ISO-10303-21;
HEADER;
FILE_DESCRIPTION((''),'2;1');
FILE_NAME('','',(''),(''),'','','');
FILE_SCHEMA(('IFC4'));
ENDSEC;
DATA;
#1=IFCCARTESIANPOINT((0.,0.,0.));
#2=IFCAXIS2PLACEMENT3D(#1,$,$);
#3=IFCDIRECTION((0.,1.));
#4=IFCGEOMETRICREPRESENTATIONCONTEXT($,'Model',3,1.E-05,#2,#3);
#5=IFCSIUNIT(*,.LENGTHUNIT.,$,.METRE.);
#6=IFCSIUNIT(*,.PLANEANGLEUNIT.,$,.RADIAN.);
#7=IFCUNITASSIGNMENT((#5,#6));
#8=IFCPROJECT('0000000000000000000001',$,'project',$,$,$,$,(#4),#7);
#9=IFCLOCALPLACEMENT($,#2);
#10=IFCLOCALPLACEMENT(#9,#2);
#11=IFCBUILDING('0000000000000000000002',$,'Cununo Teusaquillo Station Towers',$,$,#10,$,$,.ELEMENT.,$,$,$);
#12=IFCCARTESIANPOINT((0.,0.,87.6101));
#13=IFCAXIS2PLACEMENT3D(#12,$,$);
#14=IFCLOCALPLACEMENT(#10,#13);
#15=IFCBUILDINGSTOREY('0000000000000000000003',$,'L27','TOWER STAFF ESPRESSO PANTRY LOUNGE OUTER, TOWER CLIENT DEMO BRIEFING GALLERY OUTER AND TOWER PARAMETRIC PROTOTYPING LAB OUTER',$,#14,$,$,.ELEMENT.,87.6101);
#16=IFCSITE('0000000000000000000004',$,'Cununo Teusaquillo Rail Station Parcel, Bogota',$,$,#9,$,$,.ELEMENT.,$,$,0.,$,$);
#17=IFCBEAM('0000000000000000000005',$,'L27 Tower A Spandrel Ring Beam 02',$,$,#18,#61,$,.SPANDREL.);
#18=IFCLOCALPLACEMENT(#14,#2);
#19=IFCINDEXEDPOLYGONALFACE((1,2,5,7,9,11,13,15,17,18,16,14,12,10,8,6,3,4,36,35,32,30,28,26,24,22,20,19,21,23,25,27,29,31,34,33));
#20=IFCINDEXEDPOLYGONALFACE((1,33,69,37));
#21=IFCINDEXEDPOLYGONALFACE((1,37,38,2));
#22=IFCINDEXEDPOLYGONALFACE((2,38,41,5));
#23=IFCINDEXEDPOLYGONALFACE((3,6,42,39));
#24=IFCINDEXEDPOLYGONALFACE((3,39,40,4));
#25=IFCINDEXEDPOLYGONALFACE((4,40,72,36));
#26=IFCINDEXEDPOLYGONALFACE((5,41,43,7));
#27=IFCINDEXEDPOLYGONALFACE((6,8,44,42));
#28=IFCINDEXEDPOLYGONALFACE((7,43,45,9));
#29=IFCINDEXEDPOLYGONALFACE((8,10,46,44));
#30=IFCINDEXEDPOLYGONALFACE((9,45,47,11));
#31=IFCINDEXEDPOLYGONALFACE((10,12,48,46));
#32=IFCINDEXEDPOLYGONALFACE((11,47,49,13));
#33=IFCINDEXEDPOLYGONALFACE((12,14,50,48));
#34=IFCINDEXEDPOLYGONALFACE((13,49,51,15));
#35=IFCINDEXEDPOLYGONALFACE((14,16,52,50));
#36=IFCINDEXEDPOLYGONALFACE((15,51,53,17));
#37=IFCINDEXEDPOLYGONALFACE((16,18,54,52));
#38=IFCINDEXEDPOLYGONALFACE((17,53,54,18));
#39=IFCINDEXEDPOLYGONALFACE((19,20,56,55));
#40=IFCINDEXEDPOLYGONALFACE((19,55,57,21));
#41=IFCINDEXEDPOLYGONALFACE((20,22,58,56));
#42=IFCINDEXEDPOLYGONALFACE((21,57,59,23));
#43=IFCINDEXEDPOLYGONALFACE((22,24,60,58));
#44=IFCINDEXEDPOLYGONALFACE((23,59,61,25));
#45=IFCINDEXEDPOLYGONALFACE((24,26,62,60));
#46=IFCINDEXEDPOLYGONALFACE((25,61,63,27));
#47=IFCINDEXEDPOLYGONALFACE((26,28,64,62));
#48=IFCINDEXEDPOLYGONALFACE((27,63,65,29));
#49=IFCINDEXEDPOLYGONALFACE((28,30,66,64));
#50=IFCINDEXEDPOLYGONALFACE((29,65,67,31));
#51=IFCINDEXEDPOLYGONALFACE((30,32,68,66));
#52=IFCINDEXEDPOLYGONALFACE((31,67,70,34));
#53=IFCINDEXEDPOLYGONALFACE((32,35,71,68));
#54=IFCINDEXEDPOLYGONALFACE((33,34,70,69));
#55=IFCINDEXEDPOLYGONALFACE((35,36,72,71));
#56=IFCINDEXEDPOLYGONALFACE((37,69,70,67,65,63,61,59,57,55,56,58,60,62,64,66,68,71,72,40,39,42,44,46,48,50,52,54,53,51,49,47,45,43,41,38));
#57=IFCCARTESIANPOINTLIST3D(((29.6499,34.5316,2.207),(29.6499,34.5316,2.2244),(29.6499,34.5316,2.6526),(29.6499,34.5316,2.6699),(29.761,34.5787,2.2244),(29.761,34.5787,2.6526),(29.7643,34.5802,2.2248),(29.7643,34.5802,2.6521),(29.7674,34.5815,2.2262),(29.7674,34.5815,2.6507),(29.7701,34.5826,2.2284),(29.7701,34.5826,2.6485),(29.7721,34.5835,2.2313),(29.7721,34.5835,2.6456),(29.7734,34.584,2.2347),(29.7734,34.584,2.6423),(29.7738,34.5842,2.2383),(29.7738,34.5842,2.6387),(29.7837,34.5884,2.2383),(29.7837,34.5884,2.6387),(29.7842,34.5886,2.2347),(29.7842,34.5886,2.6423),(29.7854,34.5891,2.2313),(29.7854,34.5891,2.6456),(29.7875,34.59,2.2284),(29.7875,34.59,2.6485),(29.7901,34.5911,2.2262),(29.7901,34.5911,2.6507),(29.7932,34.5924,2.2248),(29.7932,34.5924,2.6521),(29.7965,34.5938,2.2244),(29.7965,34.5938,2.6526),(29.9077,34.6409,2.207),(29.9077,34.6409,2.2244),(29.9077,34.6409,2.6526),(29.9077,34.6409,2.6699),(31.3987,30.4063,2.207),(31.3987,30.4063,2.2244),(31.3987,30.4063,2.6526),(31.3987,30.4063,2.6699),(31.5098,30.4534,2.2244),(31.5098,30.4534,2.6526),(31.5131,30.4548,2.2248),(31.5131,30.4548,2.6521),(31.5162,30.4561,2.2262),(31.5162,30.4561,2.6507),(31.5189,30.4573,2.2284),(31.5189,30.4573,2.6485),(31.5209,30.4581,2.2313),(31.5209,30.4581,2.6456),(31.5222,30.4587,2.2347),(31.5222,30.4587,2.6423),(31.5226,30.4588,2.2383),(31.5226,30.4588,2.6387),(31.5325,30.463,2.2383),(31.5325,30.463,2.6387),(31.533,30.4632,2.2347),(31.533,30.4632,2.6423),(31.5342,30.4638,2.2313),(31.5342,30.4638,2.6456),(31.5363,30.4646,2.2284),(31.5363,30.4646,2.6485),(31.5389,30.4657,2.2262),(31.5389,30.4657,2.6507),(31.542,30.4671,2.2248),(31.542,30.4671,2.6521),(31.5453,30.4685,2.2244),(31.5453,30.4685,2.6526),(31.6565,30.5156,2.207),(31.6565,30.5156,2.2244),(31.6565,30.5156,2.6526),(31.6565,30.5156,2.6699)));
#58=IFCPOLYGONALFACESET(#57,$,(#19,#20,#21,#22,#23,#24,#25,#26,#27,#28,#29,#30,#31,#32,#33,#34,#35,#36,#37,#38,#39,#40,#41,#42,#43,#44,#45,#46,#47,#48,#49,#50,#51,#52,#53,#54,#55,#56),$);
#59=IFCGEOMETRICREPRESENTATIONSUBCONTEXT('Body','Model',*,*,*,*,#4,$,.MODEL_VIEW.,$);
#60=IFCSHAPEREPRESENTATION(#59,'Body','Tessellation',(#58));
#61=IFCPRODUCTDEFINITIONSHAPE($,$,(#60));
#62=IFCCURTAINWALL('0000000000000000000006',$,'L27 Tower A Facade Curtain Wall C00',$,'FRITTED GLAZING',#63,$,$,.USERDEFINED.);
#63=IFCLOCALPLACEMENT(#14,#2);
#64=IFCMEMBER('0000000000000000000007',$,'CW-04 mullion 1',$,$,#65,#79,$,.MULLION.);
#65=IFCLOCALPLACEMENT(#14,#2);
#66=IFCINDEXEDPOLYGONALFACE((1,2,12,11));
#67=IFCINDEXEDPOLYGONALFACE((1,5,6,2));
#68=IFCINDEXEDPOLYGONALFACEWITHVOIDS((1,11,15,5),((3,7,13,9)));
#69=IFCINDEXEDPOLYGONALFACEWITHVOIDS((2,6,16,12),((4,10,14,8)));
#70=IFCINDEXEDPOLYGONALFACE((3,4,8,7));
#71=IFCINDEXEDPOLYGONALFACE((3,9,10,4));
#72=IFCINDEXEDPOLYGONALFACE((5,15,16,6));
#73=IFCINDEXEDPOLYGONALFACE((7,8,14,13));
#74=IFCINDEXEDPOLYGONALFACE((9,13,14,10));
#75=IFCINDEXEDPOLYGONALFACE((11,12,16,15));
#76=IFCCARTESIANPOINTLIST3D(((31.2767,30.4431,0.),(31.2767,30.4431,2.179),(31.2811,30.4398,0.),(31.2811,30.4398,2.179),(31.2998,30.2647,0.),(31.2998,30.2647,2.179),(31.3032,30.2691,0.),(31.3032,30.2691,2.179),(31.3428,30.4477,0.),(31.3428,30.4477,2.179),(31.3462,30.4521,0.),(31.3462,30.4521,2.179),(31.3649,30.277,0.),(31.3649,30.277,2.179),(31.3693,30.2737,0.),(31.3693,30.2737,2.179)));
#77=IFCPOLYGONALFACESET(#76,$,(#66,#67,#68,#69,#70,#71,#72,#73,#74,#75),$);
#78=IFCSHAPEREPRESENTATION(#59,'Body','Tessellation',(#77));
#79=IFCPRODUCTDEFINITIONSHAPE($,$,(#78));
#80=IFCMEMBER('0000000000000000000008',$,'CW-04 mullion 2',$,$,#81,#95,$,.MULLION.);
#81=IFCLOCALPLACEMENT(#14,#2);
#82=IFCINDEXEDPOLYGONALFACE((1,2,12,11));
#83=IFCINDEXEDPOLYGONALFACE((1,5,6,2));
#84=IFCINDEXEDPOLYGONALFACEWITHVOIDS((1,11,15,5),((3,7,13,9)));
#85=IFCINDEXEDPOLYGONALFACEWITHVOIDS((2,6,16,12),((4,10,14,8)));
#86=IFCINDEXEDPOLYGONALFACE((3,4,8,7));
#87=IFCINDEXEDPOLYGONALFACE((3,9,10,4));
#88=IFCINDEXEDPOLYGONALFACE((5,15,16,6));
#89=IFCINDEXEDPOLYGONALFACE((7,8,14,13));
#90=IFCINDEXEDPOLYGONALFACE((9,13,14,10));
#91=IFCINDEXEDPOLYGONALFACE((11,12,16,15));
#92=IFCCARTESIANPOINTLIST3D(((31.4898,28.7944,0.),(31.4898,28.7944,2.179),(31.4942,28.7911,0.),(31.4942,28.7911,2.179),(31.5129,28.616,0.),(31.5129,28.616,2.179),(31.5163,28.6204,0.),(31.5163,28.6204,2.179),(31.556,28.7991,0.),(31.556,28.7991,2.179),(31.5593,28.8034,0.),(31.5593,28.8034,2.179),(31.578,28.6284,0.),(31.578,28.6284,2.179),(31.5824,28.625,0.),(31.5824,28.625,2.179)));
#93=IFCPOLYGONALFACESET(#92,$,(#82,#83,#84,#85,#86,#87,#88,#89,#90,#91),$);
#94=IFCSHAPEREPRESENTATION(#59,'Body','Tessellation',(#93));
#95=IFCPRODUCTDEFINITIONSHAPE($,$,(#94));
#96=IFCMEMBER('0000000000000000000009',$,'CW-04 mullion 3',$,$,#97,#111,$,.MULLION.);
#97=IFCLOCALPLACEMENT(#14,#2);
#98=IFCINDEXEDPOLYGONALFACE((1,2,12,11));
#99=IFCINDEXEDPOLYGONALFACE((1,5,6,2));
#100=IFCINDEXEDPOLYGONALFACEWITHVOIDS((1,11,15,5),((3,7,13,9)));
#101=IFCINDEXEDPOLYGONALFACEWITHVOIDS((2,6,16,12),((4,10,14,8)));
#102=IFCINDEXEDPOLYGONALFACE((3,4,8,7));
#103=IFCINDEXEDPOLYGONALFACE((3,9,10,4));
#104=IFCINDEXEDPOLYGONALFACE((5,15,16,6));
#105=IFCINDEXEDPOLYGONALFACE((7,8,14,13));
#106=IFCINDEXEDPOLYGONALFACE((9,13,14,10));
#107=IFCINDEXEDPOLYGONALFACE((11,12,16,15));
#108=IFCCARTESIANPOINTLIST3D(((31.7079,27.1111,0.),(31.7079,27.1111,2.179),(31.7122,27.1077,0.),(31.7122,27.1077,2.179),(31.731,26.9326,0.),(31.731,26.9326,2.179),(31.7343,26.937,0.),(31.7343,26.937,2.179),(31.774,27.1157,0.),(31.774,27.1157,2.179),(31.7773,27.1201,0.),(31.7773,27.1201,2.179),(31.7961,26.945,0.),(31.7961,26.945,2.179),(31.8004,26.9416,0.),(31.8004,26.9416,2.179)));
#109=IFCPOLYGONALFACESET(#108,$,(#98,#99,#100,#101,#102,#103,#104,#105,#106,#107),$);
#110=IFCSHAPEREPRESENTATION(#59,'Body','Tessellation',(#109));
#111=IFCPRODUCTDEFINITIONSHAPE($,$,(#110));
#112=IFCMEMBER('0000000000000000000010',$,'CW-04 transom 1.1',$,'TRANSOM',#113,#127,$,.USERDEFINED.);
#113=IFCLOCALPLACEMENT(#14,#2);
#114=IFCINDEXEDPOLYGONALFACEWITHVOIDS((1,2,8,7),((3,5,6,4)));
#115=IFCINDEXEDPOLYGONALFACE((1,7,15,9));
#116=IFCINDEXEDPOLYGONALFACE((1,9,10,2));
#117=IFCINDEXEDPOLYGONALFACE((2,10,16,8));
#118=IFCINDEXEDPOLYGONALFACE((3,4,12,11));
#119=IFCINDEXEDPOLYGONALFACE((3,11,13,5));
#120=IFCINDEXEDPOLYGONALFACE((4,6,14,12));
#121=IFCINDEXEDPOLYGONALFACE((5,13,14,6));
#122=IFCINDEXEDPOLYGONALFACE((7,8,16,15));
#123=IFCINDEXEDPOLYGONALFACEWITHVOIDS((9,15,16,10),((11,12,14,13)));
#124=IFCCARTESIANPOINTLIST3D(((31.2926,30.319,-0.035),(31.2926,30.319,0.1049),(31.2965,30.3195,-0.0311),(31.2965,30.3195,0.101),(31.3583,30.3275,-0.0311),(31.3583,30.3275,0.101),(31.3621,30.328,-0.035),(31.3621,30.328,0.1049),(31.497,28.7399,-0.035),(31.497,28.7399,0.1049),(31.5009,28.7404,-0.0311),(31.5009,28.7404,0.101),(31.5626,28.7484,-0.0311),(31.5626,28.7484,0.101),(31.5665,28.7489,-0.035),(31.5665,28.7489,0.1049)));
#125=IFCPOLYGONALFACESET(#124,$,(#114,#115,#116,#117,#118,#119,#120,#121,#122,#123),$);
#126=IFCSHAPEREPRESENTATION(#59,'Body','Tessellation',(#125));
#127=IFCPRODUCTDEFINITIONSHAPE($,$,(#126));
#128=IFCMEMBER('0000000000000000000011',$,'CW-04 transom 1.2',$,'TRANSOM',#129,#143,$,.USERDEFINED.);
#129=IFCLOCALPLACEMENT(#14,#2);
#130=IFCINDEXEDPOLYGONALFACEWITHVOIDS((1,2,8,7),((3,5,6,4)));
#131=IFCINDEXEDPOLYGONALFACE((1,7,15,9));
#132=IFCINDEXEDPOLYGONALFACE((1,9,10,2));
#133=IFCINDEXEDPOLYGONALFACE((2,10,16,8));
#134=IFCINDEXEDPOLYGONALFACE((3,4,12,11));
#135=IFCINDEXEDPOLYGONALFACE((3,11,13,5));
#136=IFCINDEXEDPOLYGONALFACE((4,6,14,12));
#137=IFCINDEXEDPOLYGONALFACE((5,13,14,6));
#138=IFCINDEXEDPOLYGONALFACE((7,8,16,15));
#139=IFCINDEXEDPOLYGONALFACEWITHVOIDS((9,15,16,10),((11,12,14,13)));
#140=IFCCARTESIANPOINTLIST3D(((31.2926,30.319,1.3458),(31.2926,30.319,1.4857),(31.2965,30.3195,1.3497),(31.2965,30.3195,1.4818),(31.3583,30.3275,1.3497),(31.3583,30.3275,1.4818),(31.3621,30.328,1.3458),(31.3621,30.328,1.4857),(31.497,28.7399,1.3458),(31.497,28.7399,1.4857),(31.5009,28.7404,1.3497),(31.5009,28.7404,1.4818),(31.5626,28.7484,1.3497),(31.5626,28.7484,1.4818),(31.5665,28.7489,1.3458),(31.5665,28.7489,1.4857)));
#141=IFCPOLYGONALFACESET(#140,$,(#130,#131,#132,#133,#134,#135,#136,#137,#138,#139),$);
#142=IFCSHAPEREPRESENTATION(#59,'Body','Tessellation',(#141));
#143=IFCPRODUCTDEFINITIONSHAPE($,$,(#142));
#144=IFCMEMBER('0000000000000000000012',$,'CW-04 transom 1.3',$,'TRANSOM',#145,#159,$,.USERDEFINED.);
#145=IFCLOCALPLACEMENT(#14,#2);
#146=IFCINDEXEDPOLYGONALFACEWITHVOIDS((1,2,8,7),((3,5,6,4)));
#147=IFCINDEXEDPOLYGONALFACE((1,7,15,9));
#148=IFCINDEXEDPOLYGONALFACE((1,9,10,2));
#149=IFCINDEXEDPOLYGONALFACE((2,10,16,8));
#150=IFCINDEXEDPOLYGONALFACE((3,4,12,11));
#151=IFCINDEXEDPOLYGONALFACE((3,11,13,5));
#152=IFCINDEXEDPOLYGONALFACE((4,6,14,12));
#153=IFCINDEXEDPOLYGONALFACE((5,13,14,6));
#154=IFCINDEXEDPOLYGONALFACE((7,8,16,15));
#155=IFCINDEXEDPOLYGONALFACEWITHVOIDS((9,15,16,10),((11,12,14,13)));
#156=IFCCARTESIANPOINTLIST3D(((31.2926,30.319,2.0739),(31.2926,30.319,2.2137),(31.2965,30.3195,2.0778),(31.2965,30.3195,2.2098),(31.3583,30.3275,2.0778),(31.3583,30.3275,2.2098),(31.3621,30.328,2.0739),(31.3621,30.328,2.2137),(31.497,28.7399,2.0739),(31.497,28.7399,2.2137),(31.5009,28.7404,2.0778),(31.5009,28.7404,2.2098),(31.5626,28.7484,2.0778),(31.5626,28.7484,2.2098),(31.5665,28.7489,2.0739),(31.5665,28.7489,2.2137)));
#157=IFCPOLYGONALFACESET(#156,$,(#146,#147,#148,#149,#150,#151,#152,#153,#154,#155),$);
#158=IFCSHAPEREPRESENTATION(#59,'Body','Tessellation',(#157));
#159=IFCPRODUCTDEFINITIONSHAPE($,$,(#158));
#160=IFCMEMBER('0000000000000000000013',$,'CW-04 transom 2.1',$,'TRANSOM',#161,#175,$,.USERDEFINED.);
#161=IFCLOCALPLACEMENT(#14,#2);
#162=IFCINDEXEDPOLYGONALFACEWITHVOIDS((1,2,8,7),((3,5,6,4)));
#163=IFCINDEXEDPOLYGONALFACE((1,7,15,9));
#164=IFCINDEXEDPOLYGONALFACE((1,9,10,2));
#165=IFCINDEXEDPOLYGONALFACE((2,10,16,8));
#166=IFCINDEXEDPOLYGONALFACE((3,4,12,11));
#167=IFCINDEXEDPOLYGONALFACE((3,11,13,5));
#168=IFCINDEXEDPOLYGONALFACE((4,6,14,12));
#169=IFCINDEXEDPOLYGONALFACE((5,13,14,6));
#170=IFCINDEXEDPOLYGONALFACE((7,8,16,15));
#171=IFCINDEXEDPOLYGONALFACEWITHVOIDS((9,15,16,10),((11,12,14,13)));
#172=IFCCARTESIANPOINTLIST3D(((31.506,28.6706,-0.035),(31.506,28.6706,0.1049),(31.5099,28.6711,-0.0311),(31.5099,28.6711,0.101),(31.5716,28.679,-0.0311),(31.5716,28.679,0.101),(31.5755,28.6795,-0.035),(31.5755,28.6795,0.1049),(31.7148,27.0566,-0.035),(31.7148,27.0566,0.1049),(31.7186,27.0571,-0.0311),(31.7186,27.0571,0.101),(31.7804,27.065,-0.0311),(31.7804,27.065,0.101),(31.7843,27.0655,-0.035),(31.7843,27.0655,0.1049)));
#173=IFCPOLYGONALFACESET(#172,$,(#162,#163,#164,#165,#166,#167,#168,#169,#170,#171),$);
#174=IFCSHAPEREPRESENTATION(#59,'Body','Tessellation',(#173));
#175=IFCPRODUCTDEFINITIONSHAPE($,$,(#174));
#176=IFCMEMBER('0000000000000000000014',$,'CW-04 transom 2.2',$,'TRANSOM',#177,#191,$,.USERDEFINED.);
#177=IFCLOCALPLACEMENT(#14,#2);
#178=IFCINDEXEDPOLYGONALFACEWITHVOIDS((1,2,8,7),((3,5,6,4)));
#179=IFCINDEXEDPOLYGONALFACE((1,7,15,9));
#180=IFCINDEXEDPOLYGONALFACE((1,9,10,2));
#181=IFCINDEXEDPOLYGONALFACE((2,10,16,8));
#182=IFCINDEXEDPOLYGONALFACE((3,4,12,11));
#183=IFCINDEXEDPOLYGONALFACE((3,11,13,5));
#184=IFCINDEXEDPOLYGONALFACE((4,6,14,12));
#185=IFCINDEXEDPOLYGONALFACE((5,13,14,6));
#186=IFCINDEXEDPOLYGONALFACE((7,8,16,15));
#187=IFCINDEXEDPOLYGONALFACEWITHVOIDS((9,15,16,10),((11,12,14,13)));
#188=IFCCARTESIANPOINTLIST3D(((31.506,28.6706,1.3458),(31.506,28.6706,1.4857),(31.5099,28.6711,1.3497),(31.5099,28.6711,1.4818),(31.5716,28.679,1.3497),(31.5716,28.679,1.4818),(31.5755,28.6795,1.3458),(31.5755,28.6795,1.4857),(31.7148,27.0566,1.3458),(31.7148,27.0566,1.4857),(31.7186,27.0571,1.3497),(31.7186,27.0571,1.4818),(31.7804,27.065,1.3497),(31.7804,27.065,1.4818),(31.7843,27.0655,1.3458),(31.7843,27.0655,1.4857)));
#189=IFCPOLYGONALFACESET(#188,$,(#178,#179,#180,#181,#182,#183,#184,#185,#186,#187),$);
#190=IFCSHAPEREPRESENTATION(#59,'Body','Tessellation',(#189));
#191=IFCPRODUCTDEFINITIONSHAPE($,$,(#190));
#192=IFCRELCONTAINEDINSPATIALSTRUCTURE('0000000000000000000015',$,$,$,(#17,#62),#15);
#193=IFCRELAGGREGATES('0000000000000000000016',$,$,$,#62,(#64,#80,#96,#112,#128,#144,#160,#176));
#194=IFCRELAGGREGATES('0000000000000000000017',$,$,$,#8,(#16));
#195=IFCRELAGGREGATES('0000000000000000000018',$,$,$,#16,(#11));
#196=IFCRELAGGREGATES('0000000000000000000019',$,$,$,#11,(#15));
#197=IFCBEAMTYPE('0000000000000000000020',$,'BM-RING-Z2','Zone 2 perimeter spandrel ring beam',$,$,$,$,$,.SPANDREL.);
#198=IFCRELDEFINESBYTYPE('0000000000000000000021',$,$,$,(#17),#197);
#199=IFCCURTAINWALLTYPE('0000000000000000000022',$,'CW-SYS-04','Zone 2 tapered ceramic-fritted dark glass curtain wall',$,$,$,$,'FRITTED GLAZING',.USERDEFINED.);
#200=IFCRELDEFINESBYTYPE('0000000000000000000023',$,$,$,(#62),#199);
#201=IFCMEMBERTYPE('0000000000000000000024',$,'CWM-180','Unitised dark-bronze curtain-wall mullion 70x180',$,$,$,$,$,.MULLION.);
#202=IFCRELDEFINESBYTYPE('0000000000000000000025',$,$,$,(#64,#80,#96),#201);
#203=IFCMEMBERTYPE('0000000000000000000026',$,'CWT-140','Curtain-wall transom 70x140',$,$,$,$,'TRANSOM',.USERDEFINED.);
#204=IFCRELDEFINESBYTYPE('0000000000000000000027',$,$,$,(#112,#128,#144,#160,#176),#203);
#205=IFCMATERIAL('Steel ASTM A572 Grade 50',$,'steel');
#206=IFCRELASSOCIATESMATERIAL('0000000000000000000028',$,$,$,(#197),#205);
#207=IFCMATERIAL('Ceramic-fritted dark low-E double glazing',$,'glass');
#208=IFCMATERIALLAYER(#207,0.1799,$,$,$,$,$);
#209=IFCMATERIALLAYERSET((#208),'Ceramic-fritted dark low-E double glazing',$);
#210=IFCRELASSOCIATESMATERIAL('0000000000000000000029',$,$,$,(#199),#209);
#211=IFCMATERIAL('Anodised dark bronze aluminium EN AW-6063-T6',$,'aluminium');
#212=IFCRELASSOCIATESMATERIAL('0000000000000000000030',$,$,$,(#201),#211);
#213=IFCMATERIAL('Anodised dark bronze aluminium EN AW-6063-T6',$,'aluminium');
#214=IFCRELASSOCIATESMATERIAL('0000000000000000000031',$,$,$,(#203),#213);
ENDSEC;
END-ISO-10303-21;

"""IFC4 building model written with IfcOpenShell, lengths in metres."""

from ifc_helpers import new_model, si_unit, direction, frame, origin, origin_2d, place, context, subcontext, project, spatial, hollow_rectangle, i_section, extrude, material, layer, layer_set, material_profile, profile_set, type_object, element, aggregate, save


model = new_model("IFC4")

# Units and contexts
model_context = context("Model", 3, precision=1e-05, world=origin(), true_north=direction((0.0, 1.0)))
body_context = subcontext(model_context, "Body", "Model", "MODEL_VIEW")
ifc_project = project(units=[si_unit("LENGTHUNIT", "METRE"), si_unit("PLANEANGLEUNIT", "RADIAN")], contexts=[model_context])

# Site, building, storey
site_placement = place(None, origin())
site = spatial("IfcSite", under=ifc_project, at=site_placement, Name="Cununo Teusaquillo Rail Station Parcel, Bogota", CompositionType="ELEMENT", RefElevation=0.0)
building_placement = place(site_placement, origin())
building = spatial("IfcBuilding", under=site, at=building_placement, Name="Cununo Teusaquillo Station Towers", CompositionType="ELEMENT")
storey_placement = place(building_placement, frame((0.0, 0.0, 87.6101)))
storey = spatial("IfcBuildingStorey", under=building, at=storey_placement, Name="L27", Description="TOWER STAFF ESPRESSO PANTRY LOUNGE OUTER, TOWER CLIENT DEMO BRIEFING GALLERY OUTER AND TOWER PARAMETRIC PROTOTYPING LAB OUTER", CompositionType="ELEMENT", Elevation=87.6101)

# Beam
ifc_material_1 = material(Name="Steel ASTM A572 Grade 50", Category="steel")
ifc_material_profile_1 = material_profile(ifc_material_1, i_section(OverallWidth=0.28, OverallDepth=0.4629, WebThickness=0.0107, FlangeThickness=0.0173, FilletRadius=0.0139, at=origin_2d()), Name="W18X76")
ifc_profile_set_1 = profile_set([ifc_material_profile_1], Name="Steel ASTM A572 Grade 50")
beam_type = type_object("IfcBeamType", Name="BM-RING-Z2", Description="Zone 2 perimeter spandrel ring beam", PredefinedType="SPANDREL", material=ifc_profile_set_1)
beam_1_placement = place(storey_placement, frame((31.5276, 30.4609, 2.4385), z_axis=(-0.390299, 0.920688, 0.0), x_axis=(-0.920688, -0.390299, 0.0)))
element("IfcBeam", 1, at=beam_1_placement, inside=storey, type_object=beam_type, Name="L27 Tower A Spandrel Ring Beam 02", PredefinedType="SPANDREL", context=body_context, shape_type="SweptSolid", body=[
    extrude(i_section(OverallWidth=0.28, OverallDepth=0.4629, WebThickness=0.0107, FlangeThickness=0.0173, FilletRadius=0.0139, at=origin_2d()), origin(), (0.0, 0.0, 1.0), 4.4807),
])

# Curtain wall, members
ifc_material_2 = material(Name="Ceramic-fritted dark low-E double glazing", Category="glass")
ifc_layer_1 = layer(ifc_material_2, 0.1799)
ifc_layer_set_1 = layer_set([ifc_layer_1], Name="Ceramic-fritted dark low-E double glazing")
curtain_wall_type = type_object("IfcCurtainWallType", Name="CW-SYS-04", Description="Zone 2 tapered ceramic-fritted dark glass curtain wall", ElementType="FRITTED GLAZING", PredefinedType="USERDEFINED", material=ifc_layer_set_1)
curtain_wall_placement = place(storey_placement, origin())
curtain_wall = element("IfcCurtainWall", 2, at=curtain_wall_placement, inside=storey, type_object=curtain_wall_type, Name="L27 Tower A Facade Curtain Wall C00", ObjectType="FRITTED GLAZING", PredefinedType="USERDEFINED")
ifc_material_3 = material(Name="Anodised dark bronze aluminium EN AW-6063-T6", Category="aluminium")
ifc_material_profile_2 = material_profile(ifc_material_3, hollow_rectangle(XDim=0.0701, YDim=0.1799, WallThickness=0.0039, at=origin_2d()), Name="CW-MULL-70x180")
ifc_profile_set_2 = profile_set([ifc_material_profile_2], Name="Anodised dark bronze aluminium EN AW-6063-T6")
member_type_1 = type_object("IfcMemberType", Name="CWM-180", Description="Unitised dark-bronze curtain-wall mullion 70x180", PredefinedType="MULLION", material=ifc_profile_set_2)
member_1_placement = place(storey_placement, frame((31.323, 30.3584, 0.0), z_axis=(0.0, 0.0, 1.0), x_axis=(0.991731, 0.128336, 0.0)))
member_1 = element("IfcMember", 3, at=member_1_placement, type_object=member_type_1, Name="CW-04 mullion 1", PredefinedType="MULLION", context=body_context, shape_type="SweptSolid", body=[
    extrude(hollow_rectangle(XDim=0.0701, YDim=0.1799, WallThickness=0.0039, at=origin_2d()), origin(), (0.0, 0.0, 1.0), 2.179),
])
member_2_placement = place(storey_placement, frame((31.5361, 28.7097, 0.0), z_axis=(0.0, 0.0, 1.0), x_axis=(0.991731, 0.128336, 0.0)))
member_2 = element("IfcMember", 4, at=member_2_placement, type_object=member_type_1, Name="CW-04 mullion 2", PredefinedType="MULLION", context=body_context, shape_type="SweptSolid", body=[
    extrude(hollow_rectangle(XDim=0.0701, YDim=0.1799, WallThickness=0.0039, at=origin_2d()), origin(), (0.0, 0.0, 1.0), 2.179),
])
member_3_placement = place(storey_placement, frame((31.7542, 27.0264, 0.0), z_axis=(0.0, 0.0, 1.0), x_axis=(0.991731, 0.128336, 0.0)))
member_3 = element("IfcMember", 5, at=member_3_placement, type_object=member_type_1, Name="CW-04 mullion 3", PredefinedType="MULLION", context=body_context, shape_type="SweptSolid", body=[
    extrude(hollow_rectangle(XDim=0.0701, YDim=0.1799, WallThickness=0.0039, at=origin_2d()), origin(), (0.0, 0.0, 1.0), 2.179),
])
ifc_material_4 = material(Name="Anodised dark bronze aluminium EN AW-6063-T6", Category="aluminium")
ifc_material_profile_3 = material_profile(ifc_material_4, hollow_rectangle(XDim=0.0701, YDim=0.1399, WallThickness=0.0039, at=origin_2d()), Name="CW-TRAN-70x140")
ifc_profile_set_3 = profile_set([ifc_material_profile_3], Name="Anodised dark bronze aluminium EN AW-6063-T6")
member_type_2 = type_object("IfcMemberType", Name="CWT-140", Description="Curtain-wall transom 70x140", ElementType="TRANSOM", PredefinedType="USERDEFINED", material=ifc_profile_set_3)
member_4_placement = place(storey_placement, frame((31.3274, 30.3235, 0.0349), z_axis=(0.128336, -0.991731, 0.0), x_axis=(0.991731, 0.128336, 0.0)))
member_4 = element("IfcMember", 6, at=member_4_placement, type_object=member_type_2, Name="CW-04 transom 1.1", ObjectType="TRANSOM", PredefinedType="USERDEFINED", context=body_context, shape_type="SweptSolid", body=[
    extrude(hollow_rectangle(XDim=0.0701, YDim=0.1399, WallThickness=0.0039, at=origin_2d()), origin(), (0.0, 0.0, 1.0), 1.5923),
])
member_5_placement = place(storey_placement, frame((31.3274, 30.3235, 1.4158), z_axis=(0.128336, -0.991731, 0.0), x_axis=(0.991731, 0.128336, 0.0)))
member_5 = element("IfcMember", 7, at=member_5_placement, type_object=member_type_2, Name="CW-04 transom 1.2", ObjectType="TRANSOM", PredefinedType="USERDEFINED", context=body_context, shape_type="SweptSolid", body=[
    extrude(hollow_rectangle(XDim=0.0701, YDim=0.1399, WallThickness=0.0039, at=origin_2d()), origin(), (0.0, 0.0, 1.0), 1.5923),
])
member_6_placement = place(storey_placement, frame((31.3274, 30.3235, 2.1438), z_axis=(0.128336, -0.991731, 0.0), x_axis=(0.991731, 0.128336, 0.0)))
member_6 = element("IfcMember", 8, at=member_6_placement, type_object=member_type_2, Name="CW-04 transom 1.3", ObjectType="TRANSOM", PredefinedType="USERDEFINED", context=body_context, shape_type="SweptSolid", body=[
    extrude(hollow_rectangle(XDim=0.0701, YDim=0.1399, WallThickness=0.0039, at=origin_2d()), origin(), (0.0, 0.0, 1.0), 1.5923),
])
member_7_placement = place(storey_placement, frame((31.5408, 28.675, 0.0349), z_axis=(0.128262, -0.99174, 0.0), x_axis=(0.99174, 0.128262, 0.0)))
member_7 = element("IfcMember", 9, at=member_7_placement, type_object=member_type_2, Name="CW-04 transom 2.1", ObjectType="TRANSOM", PredefinedType="USERDEFINED", context=body_context, shape_type="SweptSolid", body=[
    extrude(hollow_rectangle(XDim=0.0701, YDim=0.1399, WallThickness=0.0039, at=origin_2d()), origin(), (0.0, 0.0, 1.0), 1.6274),
])
member_8_placement = place(storey_placement, frame((31.5408, 28.675, 1.4158), z_axis=(0.128262, -0.99174, 0.0), x_axis=(0.99174, 0.128262, 0.0)))
member_8 = element("IfcMember", 10, at=member_8_placement, type_object=member_type_2, Name="CW-04 transom 2.2", ObjectType="TRANSOM", PredefinedType="USERDEFINED", context=body_context, shape_type="SweptSolid", body=[
    extrude(hollow_rectangle(XDim=0.0701, YDim=0.1399, WallThickness=0.0039, at=origin_2d()), origin(), (0.0, 0.0, 1.0), 1.6274),
])
aggregate(curtain_wall, [member_1, member_2, member_3, member_4, member_5, member_6, member_7, member_8])

save(model, "model.ifc")
